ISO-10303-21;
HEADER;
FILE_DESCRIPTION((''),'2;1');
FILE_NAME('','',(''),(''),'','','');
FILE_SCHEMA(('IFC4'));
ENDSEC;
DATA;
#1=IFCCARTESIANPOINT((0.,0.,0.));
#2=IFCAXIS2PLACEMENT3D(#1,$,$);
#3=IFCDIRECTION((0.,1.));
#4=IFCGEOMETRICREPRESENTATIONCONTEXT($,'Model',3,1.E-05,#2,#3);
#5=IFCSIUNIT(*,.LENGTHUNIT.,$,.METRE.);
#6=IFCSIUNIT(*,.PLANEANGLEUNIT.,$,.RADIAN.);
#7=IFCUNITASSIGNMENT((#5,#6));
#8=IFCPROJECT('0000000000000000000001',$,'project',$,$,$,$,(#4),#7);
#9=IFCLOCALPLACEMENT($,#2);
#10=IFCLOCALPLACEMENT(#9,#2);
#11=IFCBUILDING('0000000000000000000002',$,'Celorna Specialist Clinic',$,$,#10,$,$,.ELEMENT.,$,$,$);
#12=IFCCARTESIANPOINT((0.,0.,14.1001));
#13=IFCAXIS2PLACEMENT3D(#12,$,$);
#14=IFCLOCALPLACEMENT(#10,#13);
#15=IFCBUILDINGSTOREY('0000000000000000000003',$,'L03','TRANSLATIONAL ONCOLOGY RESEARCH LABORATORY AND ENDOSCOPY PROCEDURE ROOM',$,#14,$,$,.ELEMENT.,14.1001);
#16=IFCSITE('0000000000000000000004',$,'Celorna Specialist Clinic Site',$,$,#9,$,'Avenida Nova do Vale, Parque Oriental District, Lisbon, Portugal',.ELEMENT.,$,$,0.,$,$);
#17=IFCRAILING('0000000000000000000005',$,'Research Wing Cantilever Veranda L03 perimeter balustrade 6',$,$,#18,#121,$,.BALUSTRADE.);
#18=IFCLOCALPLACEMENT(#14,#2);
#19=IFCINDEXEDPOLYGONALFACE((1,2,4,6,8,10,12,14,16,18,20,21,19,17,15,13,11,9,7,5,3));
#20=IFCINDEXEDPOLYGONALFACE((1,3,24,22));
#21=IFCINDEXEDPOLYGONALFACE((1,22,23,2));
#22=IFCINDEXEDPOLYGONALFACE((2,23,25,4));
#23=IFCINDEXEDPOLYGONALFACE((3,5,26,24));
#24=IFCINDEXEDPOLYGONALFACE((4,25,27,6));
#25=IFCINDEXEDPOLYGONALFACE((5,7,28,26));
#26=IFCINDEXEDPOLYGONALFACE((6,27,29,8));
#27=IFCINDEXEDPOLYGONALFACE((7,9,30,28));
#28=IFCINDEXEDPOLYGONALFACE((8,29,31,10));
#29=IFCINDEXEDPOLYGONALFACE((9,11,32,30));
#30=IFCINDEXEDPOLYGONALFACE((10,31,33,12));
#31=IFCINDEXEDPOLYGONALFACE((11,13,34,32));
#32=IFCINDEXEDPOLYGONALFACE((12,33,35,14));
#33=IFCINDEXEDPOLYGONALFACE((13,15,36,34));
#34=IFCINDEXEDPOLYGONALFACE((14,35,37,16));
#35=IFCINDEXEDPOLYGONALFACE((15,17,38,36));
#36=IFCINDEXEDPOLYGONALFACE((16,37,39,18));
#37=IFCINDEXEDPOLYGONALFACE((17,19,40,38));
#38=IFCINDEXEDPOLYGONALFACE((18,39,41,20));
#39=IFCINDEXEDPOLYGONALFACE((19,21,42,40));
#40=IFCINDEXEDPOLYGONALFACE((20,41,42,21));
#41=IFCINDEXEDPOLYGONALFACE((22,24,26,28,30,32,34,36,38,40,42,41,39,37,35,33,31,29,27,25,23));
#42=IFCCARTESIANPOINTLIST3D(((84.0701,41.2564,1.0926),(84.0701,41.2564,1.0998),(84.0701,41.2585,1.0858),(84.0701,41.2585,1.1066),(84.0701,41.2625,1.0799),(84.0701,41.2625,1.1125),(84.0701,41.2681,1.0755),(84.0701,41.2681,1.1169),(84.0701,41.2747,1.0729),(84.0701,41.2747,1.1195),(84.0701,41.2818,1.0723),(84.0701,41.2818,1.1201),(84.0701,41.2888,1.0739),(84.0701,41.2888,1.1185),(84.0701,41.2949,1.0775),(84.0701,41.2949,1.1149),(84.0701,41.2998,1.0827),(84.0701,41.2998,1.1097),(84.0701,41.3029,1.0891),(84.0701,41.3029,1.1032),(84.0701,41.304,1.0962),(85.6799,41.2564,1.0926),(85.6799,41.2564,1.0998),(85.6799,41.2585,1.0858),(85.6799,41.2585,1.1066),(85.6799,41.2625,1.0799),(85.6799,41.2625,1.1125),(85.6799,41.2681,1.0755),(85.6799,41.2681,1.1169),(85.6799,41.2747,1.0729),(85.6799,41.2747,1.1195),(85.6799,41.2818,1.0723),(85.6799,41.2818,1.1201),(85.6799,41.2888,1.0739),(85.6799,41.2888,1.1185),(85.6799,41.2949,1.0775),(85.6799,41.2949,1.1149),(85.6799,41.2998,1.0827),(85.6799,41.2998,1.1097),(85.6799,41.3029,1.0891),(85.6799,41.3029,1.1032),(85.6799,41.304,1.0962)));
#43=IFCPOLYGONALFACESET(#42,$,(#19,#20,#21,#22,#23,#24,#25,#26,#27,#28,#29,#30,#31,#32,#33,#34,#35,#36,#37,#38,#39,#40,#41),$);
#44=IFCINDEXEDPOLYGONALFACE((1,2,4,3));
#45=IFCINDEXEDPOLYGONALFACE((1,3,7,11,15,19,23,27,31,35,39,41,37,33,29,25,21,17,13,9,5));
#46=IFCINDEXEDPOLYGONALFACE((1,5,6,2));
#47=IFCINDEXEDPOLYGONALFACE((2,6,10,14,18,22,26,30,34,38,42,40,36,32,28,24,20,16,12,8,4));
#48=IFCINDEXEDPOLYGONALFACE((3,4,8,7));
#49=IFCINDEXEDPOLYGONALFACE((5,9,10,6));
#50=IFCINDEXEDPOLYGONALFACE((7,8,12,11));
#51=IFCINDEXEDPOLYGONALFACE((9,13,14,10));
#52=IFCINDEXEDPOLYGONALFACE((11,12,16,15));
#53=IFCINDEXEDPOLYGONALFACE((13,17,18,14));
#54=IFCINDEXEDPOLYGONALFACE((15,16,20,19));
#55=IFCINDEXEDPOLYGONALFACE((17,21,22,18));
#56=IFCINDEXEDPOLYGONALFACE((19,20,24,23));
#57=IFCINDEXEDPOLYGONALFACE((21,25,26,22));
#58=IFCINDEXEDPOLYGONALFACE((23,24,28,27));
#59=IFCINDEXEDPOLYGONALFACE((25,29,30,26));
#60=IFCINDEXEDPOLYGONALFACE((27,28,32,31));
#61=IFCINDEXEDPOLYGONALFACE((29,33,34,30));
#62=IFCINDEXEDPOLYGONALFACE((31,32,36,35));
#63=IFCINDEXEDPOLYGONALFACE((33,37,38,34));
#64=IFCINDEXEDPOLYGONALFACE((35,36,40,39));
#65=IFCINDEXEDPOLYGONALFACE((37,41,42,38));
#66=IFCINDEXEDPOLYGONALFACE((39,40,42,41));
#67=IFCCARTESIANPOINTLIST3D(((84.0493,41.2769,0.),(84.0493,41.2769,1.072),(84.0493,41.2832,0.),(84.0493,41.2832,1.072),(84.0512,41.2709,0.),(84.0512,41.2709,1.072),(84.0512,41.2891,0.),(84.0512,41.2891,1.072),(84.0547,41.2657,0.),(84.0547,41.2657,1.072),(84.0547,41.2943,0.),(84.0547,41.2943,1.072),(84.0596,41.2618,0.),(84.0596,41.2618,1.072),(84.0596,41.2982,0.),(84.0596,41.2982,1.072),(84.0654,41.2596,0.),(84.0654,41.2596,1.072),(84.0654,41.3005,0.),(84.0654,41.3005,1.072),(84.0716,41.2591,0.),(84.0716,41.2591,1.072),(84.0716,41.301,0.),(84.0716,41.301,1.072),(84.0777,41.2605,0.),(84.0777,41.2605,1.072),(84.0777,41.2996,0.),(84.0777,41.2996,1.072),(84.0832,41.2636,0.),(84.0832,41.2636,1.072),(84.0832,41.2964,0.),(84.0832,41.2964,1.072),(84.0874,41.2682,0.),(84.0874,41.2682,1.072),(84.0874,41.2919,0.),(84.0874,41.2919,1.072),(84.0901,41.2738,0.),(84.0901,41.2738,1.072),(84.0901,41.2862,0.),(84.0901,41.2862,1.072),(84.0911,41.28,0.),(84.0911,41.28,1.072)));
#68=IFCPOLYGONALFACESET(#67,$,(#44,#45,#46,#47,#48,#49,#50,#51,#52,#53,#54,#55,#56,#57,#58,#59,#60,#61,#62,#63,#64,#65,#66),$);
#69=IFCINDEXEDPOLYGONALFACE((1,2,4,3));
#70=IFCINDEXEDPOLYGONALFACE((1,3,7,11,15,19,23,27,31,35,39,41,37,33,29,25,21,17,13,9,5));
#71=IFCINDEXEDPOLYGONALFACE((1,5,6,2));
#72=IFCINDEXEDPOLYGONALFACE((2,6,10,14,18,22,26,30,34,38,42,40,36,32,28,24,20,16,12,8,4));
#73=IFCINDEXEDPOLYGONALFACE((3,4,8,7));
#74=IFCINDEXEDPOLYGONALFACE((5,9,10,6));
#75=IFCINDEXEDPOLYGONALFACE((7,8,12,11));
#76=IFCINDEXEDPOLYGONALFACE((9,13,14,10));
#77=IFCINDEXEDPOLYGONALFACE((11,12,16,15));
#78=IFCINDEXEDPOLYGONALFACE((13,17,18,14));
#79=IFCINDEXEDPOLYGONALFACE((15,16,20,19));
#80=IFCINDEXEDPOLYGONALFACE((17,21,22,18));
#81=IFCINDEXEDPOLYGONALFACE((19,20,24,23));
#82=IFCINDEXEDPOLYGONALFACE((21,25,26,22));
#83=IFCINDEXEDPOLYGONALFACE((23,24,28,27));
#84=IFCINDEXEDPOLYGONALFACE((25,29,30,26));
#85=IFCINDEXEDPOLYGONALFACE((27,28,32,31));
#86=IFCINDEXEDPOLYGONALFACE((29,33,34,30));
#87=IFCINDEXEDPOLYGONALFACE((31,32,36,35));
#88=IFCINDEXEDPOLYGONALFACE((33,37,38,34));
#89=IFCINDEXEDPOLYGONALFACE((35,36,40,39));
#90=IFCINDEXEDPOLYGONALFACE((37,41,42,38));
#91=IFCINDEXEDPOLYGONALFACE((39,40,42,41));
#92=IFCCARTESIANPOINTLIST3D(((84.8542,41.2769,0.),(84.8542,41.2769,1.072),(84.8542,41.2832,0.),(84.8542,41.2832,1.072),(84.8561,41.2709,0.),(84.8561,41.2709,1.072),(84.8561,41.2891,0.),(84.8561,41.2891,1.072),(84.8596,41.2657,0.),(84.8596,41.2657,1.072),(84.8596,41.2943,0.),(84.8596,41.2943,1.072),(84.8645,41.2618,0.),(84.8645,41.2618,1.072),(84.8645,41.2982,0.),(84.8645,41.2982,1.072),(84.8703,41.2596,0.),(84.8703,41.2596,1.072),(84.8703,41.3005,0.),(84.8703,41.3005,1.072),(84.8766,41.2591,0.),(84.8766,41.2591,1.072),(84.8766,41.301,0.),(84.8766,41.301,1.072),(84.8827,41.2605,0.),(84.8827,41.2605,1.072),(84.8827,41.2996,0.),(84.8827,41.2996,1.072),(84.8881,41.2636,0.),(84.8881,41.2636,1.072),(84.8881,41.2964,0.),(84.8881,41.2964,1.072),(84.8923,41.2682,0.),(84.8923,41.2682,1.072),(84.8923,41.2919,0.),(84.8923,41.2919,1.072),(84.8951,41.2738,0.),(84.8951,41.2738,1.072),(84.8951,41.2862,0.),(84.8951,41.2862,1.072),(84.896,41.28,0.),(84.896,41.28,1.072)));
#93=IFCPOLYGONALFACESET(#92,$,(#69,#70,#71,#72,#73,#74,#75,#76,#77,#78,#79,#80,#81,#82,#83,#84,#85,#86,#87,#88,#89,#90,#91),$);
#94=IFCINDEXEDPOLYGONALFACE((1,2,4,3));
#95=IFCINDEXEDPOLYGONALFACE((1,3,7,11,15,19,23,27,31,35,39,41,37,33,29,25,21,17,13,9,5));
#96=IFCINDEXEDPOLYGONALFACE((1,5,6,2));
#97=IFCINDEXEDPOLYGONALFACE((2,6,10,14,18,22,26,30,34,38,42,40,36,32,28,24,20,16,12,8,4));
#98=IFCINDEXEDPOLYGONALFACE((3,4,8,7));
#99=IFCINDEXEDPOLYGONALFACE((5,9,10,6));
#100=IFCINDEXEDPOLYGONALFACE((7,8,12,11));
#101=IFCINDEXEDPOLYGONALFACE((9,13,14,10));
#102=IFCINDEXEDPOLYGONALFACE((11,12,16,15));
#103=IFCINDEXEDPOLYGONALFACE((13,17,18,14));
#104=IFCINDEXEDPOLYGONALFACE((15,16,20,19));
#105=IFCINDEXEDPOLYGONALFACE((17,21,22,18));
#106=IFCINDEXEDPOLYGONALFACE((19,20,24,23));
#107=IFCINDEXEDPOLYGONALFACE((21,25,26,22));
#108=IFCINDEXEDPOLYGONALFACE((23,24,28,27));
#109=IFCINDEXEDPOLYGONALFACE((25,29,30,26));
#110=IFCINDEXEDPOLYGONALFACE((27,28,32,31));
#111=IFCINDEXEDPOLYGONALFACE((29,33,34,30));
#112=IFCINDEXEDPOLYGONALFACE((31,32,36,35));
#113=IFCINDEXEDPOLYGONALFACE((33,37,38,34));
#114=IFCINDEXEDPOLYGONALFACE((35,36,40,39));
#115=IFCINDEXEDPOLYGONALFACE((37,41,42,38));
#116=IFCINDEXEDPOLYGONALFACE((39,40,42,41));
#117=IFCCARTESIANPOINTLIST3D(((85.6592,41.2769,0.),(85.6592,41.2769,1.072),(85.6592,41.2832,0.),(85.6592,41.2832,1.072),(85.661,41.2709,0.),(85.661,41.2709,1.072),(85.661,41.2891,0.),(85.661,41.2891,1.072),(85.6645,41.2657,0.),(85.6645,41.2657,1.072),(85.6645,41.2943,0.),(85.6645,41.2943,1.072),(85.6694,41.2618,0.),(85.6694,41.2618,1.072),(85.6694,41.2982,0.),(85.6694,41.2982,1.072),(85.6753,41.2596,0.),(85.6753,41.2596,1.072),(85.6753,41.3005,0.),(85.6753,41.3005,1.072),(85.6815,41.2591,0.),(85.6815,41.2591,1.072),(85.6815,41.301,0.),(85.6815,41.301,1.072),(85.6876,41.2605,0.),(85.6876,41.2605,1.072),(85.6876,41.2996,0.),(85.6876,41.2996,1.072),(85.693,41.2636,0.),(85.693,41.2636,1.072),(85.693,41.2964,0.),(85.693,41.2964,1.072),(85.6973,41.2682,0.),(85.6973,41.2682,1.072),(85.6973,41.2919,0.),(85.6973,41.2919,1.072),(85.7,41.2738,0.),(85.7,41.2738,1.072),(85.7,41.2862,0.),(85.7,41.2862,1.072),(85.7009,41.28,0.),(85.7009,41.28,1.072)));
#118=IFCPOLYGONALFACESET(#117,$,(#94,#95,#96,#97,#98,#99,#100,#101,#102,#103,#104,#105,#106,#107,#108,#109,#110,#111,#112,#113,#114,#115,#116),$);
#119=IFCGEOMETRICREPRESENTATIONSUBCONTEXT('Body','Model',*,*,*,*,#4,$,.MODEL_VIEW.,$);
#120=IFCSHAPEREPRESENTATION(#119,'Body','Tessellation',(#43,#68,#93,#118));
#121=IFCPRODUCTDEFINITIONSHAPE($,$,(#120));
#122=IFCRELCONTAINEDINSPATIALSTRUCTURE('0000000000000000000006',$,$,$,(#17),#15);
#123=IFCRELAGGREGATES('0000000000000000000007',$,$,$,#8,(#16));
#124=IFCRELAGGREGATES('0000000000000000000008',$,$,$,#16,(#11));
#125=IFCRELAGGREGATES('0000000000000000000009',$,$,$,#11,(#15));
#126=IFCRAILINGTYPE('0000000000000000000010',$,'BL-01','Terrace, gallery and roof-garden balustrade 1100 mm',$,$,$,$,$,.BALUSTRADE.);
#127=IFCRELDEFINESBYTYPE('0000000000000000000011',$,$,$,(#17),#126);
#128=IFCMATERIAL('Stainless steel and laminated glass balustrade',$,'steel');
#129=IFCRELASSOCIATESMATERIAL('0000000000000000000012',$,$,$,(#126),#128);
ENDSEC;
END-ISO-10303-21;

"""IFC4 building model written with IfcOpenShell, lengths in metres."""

from ifc_helpers import new_model, si_unit, direction, frame, origin, origin_2d, place, context, subcontext, project, spatial, circle, extrude, material, type_object, element, save


model = new_model("IFC4")

# Units and contexts
model_context = context("Model", 3, precision=1e-05, world=origin(), true_north=direction((0.0, 1.0)))
body_context = subcontext(model_context, "Body", "Model", "MODEL_VIEW")
ifc_project = project(units=[si_unit("LENGTHUNIT", "METRE"), si_unit("PLANEANGLEUNIT", "RADIAN")], contexts=[model_context])

# Site, building, storey
site_placement = place(None, origin())
site = spatial("IfcSite", under=ifc_project, at=site_placement, Name="Celorna Specialist Clinic Site", LongName="Avenida Nova do Vale, Parque Oriental District, Lisbon, Portugal", CompositionType="ELEMENT", RefElevation=0.0)
building_placement = place(site_placement, origin())
building = spatial("IfcBuilding", under=site, at=building_placement, Name="Celorna Specialist Clinic", CompositionType="ELEMENT")
storey_placement = place(building_placement, frame((0.0, 0.0, 14.1001)))
storey = spatial("IfcBuildingStorey", under=building, at=storey_placement, Name="L03", Description="TRANSLATIONAL ONCOLOGY RESEARCH LABORATORY AND ENDOSCOPY PROCEDURE ROOM", CompositionType="ELEMENT", Elevation=14.1001)

# Railing
ifc_material_1 = material(Name="Stainless steel and laminated glass balustrade", Category="steel")
railing_type = type_object("IfcRailingType", Name="BL-01", Description="Terrace, gallery and roof-garden balustrade 1100 mm", PredefinedType="BALUSTRADE", material=ifc_material_1)
railing_1_placement = place(storey_placement, frame((84.0701, 41.28, 0.0)))
element("IfcRailing", 1, at=railing_1_placement, inside=storey, type_object=railing_type, Name="Research Wing Cantilever Veranda L03 perimeter balustrade 6", PredefinedType="BALUSTRADE", context=body_context, shape_type="SweptSolid", body=[
    extrude(circle(Radius=0.0239, at=origin_2d()), frame((0.0, 0.0, 1.0962), z_axis=(1.0, 0.0, 0.0), x_axis=(0.0, 1.0, 0.0)), (0.0, 0.0, 1.0), 1.6099),
    extrude(circle(Radius=0.021, at=origin_2d()), origin(), (0.0, 0.0, 1.0), 1.072),
    extrude(circle(Radius=0.021, at=origin_2d()), frame((0.8049, 0.0, 0.0)), (0.0, 0.0, 1.0), 1.072),
    extrude(circle(Radius=0.021, at=origin_2d()), frame((1.6099, 0.0, 0.0)), (0.0, 0.0, 1.0), 1.072),
])

save(model, "model.ifc")
